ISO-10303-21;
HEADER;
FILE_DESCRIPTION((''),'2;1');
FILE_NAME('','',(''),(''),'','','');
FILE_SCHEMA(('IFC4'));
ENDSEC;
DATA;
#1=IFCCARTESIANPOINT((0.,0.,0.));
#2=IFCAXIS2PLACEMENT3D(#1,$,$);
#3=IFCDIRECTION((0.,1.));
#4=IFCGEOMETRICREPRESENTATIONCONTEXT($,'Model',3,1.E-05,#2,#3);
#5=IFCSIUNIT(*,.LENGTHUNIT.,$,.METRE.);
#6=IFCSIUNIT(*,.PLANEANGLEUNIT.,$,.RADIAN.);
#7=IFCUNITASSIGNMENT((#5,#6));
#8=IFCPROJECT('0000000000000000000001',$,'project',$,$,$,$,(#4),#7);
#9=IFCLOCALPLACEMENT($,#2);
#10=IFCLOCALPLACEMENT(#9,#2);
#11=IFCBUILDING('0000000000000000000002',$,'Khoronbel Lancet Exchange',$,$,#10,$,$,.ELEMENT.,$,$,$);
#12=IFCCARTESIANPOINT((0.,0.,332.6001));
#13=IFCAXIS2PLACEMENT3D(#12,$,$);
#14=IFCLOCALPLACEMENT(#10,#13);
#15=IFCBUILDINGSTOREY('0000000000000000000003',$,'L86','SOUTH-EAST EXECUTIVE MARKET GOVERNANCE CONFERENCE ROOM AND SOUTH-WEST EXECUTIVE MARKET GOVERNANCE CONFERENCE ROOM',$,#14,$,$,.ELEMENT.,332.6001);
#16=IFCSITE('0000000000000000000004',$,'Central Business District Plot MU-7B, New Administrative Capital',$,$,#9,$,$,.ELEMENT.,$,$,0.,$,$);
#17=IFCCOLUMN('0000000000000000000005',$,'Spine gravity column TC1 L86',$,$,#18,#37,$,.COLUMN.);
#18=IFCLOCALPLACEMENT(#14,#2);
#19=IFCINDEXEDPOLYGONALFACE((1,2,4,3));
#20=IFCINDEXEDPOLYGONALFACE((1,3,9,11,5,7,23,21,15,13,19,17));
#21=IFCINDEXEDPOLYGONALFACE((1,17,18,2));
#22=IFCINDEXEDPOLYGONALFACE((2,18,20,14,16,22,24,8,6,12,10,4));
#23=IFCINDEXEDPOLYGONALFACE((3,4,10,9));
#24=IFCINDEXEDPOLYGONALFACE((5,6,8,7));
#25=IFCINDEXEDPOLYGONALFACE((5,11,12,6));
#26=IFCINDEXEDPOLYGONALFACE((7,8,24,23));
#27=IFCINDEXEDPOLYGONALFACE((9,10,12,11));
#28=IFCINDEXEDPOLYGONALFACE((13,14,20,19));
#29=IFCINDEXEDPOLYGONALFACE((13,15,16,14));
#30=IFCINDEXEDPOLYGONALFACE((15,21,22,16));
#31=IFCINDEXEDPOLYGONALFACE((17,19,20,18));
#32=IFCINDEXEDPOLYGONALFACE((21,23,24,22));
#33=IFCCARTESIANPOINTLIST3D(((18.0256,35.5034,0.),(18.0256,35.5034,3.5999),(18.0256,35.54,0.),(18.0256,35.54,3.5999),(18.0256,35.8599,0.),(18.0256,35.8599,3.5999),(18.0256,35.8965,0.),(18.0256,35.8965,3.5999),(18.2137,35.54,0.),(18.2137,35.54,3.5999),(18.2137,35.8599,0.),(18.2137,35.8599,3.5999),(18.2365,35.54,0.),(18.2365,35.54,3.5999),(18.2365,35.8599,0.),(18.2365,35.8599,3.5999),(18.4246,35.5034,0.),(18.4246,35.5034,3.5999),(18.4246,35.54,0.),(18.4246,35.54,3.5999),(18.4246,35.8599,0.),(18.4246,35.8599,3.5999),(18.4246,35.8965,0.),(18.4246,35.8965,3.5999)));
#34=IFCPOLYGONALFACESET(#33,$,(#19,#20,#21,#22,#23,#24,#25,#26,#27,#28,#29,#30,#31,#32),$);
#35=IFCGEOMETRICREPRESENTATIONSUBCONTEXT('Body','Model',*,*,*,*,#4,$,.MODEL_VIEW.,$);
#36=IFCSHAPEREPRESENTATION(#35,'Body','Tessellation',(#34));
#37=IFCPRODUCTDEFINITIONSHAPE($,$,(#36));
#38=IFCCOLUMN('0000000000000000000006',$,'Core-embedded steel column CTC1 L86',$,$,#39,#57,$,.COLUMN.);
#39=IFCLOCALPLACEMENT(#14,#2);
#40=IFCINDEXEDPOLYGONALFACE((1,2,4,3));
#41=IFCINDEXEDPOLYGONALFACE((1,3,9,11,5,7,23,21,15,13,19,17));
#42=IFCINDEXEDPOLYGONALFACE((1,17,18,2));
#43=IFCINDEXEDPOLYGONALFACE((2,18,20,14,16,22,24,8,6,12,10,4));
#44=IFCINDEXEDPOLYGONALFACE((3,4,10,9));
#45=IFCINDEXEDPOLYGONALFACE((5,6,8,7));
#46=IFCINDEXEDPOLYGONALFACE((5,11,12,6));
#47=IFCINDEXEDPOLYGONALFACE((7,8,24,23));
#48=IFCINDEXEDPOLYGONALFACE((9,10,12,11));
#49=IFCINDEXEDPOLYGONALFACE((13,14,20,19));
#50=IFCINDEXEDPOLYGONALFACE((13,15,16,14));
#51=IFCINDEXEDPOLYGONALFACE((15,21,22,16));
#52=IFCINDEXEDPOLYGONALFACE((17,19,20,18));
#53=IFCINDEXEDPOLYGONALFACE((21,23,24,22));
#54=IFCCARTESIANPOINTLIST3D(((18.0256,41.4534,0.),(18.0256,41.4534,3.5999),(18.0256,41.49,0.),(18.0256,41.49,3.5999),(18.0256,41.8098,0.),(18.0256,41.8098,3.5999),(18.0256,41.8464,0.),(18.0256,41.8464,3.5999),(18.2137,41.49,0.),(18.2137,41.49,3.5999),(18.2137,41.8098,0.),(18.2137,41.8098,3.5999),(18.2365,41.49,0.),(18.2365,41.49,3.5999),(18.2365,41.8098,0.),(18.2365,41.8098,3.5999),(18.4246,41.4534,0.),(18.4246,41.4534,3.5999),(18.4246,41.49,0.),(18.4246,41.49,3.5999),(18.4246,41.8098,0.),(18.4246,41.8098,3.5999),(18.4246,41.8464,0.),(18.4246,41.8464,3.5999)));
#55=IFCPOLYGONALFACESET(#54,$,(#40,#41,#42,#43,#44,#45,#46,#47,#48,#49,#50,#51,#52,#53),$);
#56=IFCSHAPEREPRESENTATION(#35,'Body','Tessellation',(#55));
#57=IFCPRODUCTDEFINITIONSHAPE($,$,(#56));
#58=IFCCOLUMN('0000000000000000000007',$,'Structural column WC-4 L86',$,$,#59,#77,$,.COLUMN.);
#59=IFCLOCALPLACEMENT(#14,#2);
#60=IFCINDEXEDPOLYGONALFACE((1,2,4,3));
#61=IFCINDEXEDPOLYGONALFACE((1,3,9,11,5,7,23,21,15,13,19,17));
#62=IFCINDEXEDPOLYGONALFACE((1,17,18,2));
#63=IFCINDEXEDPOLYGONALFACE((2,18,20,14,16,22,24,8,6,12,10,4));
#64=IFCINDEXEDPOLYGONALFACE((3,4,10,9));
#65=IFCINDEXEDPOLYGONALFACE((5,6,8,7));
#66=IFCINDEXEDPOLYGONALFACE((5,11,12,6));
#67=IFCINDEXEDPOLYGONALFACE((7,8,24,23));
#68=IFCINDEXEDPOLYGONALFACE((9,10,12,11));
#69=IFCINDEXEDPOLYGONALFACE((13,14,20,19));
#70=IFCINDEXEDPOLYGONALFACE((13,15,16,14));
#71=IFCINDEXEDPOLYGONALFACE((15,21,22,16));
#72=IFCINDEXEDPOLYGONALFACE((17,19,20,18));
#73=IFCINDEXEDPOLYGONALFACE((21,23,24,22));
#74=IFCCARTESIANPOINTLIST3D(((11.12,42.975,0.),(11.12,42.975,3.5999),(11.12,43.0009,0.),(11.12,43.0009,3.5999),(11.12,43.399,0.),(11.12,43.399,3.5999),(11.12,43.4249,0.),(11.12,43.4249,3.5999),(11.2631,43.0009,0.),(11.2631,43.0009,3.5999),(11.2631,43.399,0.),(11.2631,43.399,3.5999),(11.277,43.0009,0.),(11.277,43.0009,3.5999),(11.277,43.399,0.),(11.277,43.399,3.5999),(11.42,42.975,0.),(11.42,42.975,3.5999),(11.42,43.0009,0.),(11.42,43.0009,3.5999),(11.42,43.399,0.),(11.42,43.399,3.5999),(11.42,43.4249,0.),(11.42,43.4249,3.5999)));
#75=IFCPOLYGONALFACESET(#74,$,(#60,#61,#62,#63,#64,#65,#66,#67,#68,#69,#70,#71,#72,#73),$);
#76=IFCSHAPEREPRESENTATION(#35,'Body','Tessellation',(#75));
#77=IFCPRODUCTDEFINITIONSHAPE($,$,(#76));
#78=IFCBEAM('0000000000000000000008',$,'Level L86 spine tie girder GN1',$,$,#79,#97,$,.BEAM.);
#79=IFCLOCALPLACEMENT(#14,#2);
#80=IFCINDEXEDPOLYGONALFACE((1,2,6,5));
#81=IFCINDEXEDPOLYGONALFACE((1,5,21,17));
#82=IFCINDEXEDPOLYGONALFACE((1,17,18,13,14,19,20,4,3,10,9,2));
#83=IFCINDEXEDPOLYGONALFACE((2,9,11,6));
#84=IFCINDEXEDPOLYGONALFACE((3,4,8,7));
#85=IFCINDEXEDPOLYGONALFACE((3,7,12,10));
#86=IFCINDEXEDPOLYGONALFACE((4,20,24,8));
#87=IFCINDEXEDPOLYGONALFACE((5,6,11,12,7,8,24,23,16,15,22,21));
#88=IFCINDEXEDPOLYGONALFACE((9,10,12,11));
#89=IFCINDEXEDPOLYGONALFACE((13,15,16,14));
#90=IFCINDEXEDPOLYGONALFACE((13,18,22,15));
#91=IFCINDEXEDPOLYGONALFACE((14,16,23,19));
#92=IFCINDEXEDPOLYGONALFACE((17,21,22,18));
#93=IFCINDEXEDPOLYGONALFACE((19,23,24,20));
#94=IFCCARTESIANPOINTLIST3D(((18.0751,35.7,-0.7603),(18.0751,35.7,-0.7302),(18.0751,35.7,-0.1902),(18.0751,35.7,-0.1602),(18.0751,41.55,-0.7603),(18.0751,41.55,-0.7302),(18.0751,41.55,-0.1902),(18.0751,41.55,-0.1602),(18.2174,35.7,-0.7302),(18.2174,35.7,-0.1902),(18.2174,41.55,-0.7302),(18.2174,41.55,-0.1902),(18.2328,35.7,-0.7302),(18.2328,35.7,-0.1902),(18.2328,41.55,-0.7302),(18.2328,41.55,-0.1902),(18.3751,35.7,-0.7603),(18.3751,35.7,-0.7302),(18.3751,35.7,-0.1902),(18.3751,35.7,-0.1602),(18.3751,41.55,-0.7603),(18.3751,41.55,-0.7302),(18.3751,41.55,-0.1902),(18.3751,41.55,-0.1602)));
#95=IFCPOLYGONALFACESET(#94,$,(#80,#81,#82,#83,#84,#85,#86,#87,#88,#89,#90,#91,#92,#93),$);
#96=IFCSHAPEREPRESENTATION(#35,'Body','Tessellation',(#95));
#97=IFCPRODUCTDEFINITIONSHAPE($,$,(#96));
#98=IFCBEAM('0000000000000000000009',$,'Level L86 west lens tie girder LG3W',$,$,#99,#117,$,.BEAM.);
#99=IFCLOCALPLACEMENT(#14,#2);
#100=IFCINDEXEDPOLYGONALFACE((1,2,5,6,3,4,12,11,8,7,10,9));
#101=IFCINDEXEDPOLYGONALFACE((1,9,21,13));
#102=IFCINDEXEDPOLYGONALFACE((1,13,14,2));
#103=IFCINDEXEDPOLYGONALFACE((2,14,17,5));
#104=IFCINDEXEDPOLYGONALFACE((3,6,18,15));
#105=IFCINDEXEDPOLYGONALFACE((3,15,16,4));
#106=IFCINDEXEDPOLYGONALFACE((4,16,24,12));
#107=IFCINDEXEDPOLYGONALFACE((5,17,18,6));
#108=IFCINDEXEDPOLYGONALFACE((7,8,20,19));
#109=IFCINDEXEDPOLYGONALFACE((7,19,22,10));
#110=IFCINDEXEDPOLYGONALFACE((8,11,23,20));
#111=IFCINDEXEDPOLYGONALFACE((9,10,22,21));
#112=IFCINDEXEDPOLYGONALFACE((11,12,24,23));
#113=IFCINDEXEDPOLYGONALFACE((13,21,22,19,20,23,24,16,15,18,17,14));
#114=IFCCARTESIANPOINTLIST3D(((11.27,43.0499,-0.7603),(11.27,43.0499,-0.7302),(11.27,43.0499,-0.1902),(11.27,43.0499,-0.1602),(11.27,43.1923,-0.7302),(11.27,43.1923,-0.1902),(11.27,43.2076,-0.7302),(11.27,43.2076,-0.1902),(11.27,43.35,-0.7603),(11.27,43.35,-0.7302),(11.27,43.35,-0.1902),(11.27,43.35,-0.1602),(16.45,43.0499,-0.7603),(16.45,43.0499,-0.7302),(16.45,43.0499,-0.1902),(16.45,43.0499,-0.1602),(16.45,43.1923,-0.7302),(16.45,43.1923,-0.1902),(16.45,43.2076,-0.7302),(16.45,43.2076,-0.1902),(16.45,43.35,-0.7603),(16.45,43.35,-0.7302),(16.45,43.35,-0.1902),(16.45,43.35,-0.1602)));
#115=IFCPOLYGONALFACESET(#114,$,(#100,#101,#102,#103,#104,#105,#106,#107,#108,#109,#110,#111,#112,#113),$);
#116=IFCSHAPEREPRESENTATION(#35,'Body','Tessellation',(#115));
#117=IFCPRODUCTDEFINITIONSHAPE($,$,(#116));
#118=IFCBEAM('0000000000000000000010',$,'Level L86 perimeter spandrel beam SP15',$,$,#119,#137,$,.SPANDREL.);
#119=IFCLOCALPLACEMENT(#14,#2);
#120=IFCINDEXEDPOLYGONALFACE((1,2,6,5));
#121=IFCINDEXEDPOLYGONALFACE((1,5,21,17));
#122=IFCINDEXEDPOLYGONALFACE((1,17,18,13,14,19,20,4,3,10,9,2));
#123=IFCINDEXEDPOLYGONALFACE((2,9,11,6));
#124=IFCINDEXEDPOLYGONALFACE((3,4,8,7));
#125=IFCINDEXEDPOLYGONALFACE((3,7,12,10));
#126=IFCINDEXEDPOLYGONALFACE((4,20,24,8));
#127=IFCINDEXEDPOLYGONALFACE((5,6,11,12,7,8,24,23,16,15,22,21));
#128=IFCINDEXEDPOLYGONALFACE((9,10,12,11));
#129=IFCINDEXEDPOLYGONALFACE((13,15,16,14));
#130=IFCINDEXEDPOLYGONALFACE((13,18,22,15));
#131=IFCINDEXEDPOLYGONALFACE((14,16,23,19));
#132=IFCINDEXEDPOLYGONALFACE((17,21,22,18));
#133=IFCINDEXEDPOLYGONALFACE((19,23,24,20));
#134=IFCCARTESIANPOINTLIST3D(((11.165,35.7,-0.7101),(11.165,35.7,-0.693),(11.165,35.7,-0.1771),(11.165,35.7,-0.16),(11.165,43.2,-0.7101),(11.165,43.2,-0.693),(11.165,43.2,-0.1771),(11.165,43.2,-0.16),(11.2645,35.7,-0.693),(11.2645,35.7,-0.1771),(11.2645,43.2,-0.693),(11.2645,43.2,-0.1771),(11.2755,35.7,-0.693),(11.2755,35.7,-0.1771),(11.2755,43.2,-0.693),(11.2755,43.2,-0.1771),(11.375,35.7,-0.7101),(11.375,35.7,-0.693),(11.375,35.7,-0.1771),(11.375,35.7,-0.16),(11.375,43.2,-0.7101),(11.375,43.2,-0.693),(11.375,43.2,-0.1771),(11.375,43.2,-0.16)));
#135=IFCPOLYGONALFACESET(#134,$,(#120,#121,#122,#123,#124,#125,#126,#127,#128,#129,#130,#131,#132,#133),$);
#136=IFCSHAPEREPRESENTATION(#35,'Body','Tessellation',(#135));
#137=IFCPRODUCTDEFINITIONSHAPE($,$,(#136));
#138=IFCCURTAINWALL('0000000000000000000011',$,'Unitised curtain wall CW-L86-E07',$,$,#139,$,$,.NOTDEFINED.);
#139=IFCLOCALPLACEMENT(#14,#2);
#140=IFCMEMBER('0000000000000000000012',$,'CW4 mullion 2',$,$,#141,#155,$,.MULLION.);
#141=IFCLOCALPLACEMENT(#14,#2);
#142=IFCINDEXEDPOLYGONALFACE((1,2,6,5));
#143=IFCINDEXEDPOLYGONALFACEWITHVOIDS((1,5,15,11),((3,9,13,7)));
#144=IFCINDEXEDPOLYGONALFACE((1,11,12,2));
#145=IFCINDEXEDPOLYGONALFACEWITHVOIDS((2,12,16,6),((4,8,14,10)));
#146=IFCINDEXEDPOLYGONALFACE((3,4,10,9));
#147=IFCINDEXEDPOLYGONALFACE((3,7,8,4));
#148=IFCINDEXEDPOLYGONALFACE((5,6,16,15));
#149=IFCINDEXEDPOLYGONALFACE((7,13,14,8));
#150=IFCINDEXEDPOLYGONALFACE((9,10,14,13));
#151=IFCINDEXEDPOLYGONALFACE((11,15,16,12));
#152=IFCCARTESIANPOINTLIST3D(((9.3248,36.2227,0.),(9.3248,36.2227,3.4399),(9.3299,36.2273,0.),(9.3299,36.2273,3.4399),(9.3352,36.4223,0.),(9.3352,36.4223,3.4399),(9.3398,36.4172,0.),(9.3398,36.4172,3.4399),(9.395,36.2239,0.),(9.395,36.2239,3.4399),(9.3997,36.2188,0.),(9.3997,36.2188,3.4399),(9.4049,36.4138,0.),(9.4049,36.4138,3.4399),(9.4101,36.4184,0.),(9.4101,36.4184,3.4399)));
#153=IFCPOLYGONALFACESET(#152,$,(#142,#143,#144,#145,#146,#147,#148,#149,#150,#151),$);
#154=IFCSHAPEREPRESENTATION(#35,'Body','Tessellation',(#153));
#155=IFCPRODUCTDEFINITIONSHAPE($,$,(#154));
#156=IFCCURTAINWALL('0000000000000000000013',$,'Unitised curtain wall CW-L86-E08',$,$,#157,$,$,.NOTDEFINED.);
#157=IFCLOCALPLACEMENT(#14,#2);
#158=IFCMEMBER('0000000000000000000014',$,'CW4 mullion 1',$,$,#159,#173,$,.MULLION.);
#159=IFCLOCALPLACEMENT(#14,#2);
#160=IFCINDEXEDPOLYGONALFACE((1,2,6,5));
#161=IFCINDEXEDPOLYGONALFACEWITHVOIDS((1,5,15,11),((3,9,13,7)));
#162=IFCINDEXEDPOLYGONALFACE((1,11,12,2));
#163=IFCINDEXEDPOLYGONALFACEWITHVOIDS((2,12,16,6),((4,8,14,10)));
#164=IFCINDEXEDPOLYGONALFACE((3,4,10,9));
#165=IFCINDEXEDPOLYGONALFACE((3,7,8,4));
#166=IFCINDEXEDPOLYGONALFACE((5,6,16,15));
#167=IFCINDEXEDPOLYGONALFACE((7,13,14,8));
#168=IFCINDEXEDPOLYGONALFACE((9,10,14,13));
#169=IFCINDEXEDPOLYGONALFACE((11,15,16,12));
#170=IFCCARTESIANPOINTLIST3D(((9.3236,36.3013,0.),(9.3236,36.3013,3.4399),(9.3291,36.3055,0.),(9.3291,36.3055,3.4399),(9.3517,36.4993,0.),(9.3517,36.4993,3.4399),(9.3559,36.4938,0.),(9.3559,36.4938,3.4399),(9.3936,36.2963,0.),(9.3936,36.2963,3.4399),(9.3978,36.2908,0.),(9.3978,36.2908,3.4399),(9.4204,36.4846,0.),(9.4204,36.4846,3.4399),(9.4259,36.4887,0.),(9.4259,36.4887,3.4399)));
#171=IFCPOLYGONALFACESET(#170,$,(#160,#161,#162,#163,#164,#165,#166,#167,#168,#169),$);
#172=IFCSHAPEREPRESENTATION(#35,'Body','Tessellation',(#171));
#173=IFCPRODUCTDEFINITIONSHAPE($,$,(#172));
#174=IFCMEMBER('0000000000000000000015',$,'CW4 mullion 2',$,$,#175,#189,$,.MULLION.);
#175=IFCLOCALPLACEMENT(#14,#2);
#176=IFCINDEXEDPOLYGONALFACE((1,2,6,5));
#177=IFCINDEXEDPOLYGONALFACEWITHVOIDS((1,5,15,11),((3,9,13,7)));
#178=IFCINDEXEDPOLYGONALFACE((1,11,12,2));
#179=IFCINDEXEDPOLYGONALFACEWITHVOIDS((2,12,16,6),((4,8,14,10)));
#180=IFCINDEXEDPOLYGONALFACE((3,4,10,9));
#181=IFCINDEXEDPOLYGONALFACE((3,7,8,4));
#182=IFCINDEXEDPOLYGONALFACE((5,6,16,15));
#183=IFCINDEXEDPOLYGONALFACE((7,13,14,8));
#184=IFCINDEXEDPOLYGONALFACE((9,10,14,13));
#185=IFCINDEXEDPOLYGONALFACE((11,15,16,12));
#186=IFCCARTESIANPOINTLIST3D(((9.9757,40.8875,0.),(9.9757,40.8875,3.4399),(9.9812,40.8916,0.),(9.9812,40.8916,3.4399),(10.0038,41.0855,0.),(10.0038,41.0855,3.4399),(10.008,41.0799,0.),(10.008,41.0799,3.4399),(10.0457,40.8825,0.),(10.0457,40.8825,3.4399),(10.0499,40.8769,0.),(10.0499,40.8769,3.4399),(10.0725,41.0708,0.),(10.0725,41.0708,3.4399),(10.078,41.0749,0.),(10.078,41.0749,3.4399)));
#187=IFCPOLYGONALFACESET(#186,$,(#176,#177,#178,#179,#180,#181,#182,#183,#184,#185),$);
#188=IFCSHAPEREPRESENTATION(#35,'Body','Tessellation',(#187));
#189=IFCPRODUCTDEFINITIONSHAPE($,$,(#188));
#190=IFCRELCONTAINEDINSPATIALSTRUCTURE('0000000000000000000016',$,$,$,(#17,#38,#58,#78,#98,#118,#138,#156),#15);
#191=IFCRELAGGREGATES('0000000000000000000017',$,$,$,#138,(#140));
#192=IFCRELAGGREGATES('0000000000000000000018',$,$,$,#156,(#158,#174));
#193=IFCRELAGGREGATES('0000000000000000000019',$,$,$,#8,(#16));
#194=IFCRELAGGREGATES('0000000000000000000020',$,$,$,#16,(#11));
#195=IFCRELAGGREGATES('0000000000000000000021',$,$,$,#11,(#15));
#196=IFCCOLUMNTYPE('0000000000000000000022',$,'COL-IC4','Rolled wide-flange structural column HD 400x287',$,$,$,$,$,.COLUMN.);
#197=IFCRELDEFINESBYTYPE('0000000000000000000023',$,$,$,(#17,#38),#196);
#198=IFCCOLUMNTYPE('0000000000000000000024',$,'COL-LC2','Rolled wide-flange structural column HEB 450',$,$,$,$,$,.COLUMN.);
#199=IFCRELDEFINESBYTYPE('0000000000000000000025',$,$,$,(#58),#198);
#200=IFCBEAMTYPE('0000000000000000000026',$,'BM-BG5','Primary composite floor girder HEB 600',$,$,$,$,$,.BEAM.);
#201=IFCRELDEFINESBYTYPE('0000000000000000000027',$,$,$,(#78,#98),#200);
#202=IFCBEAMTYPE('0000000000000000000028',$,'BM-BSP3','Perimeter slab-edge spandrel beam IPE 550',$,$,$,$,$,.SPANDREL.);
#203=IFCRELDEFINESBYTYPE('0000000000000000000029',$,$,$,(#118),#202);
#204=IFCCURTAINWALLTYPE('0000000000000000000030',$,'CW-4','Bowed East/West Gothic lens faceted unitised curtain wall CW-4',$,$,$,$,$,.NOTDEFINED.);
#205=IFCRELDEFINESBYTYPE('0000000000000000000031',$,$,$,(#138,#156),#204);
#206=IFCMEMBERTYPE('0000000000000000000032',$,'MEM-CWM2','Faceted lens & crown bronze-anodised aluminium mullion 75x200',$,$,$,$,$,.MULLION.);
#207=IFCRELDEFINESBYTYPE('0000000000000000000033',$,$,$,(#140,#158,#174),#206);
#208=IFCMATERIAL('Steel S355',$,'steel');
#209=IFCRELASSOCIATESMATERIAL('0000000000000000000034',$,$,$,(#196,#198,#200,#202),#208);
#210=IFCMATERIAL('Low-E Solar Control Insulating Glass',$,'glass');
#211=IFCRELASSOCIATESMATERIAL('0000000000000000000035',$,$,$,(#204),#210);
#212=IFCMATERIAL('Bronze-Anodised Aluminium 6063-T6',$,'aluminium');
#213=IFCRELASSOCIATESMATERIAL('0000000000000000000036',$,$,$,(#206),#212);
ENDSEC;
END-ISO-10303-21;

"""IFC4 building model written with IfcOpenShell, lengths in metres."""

from ifc_helpers import new_model, si_unit, direction, frame, origin, origin_2d, place, context, subcontext, project, spatial, hollow_rectangle, i_section, extrude, material, material_profile, profile_set, type_object, element, aggregate, save


model = new_model("IFC4")

# Units and contexts
model_context = context("Model", 3, precision=1e-05, world=origin(), true_north=direction((0.0, 1.0)))
body_context = subcontext(model_context, "Body", "Model", "MODEL_VIEW")
ifc_project = project(units=[si_unit("LENGTHUNIT", "METRE"), si_unit("PLANEANGLEUNIT", "RADIAN")], contexts=[model_context])

# Site, building, storey
site_placement = place(None, origin())
site = spatial("IfcSite", under=ifc_project, at=site_placement, Name="Central Business District Plot MU-7B, New Administrative Capital", CompositionType="ELEMENT", RefElevation=0.0)
building_placement = place(site_placement, origin())
building = spatial("IfcBuilding", under=site, at=building_placement, Name="Khoronbel Lancet Exchange", CompositionType="ELEMENT")
storey_placement = place(building_placement, frame((0.0, 0.0, 332.6001)))
storey = spatial("IfcBuildingStorey", under=building, at=storey_placement, Name="L86", Description="SOUTH-EAST EXECUTIVE MARKET GOVERNANCE CONFERENCE ROOM AND SOUTH-WEST EXECUTIVE MARKET GOVERNANCE CONFERENCE ROOM", CompositionType="ELEMENT", Elevation=332.6001)

# Columns
ifc_material_1 = material(Name="Steel S355", Category="steel")
ifc_material_profile_1 = material_profile(ifc_material_1, i_section(OverallWidth=0.3989, OverallDepth=0.3931, WebThickness=0.0227, FlangeThickness=0.0366, at=origin_2d()), Name="HD 400x287")
ifc_profile_set_1 = profile_set([ifc_material_profile_1], Name="Steel S355")
column_type_1 = type_object("IfcColumnType", Name="COL-IC4", Description="Rolled wide-flange structural column HD 400x287", PredefinedType="COLUMN", material=ifc_profile_set_1)
for number, where, z_axis, x_axis, name in (
    (1, (18.2251, 35.7, 0.0), (0.0, 0.0, 1.0), (1.0, 0.0, 0.0), "Spine gravity column TC1 L86"),
    (2, (18.2251, 41.6499, 0.0), (0.0, 0.0, 1.0), (1.0, 0.0, 0.0), "Core-embedded steel column CTC1 L86"),
):
    element("IfcColumn", number, at=place(storey_placement, frame(where, z_axis=z_axis, x_axis=x_axis)), inside=storey, type_object=column_type_1, Name=name, PredefinedType="COLUMN", context=body_context, shape_type="SweptSolid", body=[
        extrude(i_section(OverallWidth=0.3989, OverallDepth=0.3931, WebThickness=0.0227, FlangeThickness=0.0366, at=origin_2d()), origin(), (0.0, 0.0, 1.0), 3.5999),
    ])
ifc_material_profile_2 = material_profile(ifc_material_1, i_section(OverallWidth=0.3, OverallDepth=0.45, WebThickness=0.0139, FlangeThickness=0.0259, at=origin_2d()), Name="HEB 450")
ifc_profile_set_2 = profile_set([ifc_material_profile_2], Name="Steel S355")
column_type_2 = type_object("IfcColumnType", Name="COL-LC2", Description="Rolled wide-flange structural column HEB 450", PredefinedType="COLUMN", material=ifc_profile_set_2)
column_placement = place(storey_placement, frame((11.27, 43.2, 0.0), z_axis=(0.0, 0.0, 1.0), x_axis=(1.0, 0.0, 0.0)))
element("IfcColumn", 3, at=column_placement, inside=storey, type_object=column_type_2, Name="Structural column WC-4 L86", PredefinedType="COLUMN", context=body_context, shape_type="SweptSolid", body=[
    extrude(i_section(OverallWidth=0.3, OverallDepth=0.45, WebThickness=0.0139, FlangeThickness=0.0259, at=origin_2d()), origin(), (0.0, 0.0, 1.0), 3.5999),
])

# Beams
ifc_material_profile_3 = material_profile(ifc_material_1, i_section(OverallWidth=0.3, OverallDepth=0.6001, WebThickness=0.0154, FlangeThickness=0.03, at=origin_2d()), Name="HEB 600")
ifc_profile_set_3 = profile_set([ifc_material_profile_3], Name="Steel S355")
beam_type_1 = type_object("IfcBeamType", Name="BM-BG5", Description="Primary composite floor girder HEB 600", PredefinedType="BEAM", material=ifc_profile_set_3)
beam_1_placement = place(storey_placement, frame((18.2251, 35.7, -0.4602), z_axis=(0.0, 1.0, 0.0), x_axis=(-1.0, 0.0, 0.0)))
element("IfcBeam", 4, at=beam_1_placement, inside=storey, type_object=beam_type_1, Name="Level L86 spine tie girder GN1", PredefinedType="BEAM", context=body_context, shape_type="SweptSolid", body=[
    extrude(i_section(OverallWidth=0.3, OverallDepth=0.6001, WebThickness=0.0154, FlangeThickness=0.03, at=origin_2d()), origin(), (0.0, 0.0, 1.0), 5.8501),
])
beam_2_placement = place(storey_placement, frame((11.27, 43.2, -0.4602), z_axis=(1.0, 0.0, 0.0), x_axis=(0.0, 1.0, 0.0)))
element("IfcBeam", 5, at=beam_2_placement, inside=storey, type_object=beam_type_1, Name="Level L86 west lens tie girder LG3W", PredefinedType="BEAM", context=body_context, shape_type="SweptSolid", body=[
    extrude(i_section(OverallWidth=0.3, OverallDepth=0.6001, WebThickness=0.0154, FlangeThickness=0.03, at=origin_2d()), origin(), (0.0, 0.0, 1.0), 5.1799),
])
ifc_material_profile_4 = material_profile(ifc_material_1, i_section(OverallWidth=0.21, OverallDepth=0.55, WebThickness=0.011, FlangeThickness=0.0171, at=origin_2d()), Name="IPE 550")
ifc_profile_set_4 = profile_set([ifc_material_profile_4], Name="Steel S355")
beam_type_2 = type_object("IfcBeamType", Name="BM-BSP3", Description="Perimeter slab-edge spandrel beam IPE 550", PredefinedType="SPANDREL", material=ifc_profile_set_4)
beam_3_placement = place(storey_placement, frame((11.27, 43.2, -0.4351), z_axis=(0.0, -1.0, 0.0), x_axis=(1.0, 0.0, 0.0)))
element("IfcBeam", 6, at=beam_3_placement, inside=storey, type_object=beam_type_2, Name="Level L86 perimeter spandrel beam SP15", PredefinedType="SPANDREL", context=body_context, shape_type="SweptSolid", body=[
    extrude(i_section(OverallWidth=0.21, OverallDepth=0.55, WebThickness=0.011, FlangeThickness=0.0171, at=origin_2d()), origin(), (0.0, 0.0, 1.0), 7.5),
])

# Curtain wall, member
ifc_material_2 = material(Name="Low-E Solar Control Insulating Glass", Category="glass")
curtain_wall_type = type_object("IfcCurtainWallType", Name="CW-4", Description="Bowed East/West Gothic lens faceted unitised curtain wall CW-4", PredefinedType="NOTDEFINED", material=ifc_material_2)
curtain_wall_1_placement = place(storey_placement, origin())
curtain_wall_1 = element("IfcCurtainWall", 7, at=curtain_wall_1_placement, inside=storey, type_object=curtain_wall_type, Name="Unitised curtain wall CW-L86-E07", PredefinedType="NOTDEFINED")
ifc_material_3 = material(Name="Bronze-Anodised Aluminium 6063-T6", Category="aluminium")
ifc_material_profile_5 = material_profile(ifc_material_3, hollow_rectangle(XDim=0.075, YDim=0.2, WallThickness=0.0049, at=origin_2d()), Name="ALU MULLION 75x200")
ifc_profile_set_5 = profile_set([ifc_material_profile_5], Name="Bronze-Anodised Aluminium 6063-T6")
member_type_1 = type_object("IfcMemberType", Name="MEM-CWM2", Description="Faceted lens & crown bronze-anodised aluminium mullion 75x200", PredefinedType="MULLION", material=ifc_profile_set_5)
member_1_placement = place(storey_placement, frame((9.3674, 36.3206, 0.0), z_axis=(0.0, 0.0, 1.0), x_axis=(-0.998648, 0.051991, 0.0)))
member_1 = element("IfcMember", 8, at=member_1_placement, type_object=member_type_1, Name="CW4 mullion 2", PredefinedType="MULLION", context=body_context, shape_type="SweptSolid", body=[
    extrude(hollow_rectangle(XDim=0.075, YDim=0.2, WallThickness=0.0049, at=origin_2d()), origin(), (0.0, 0.0, 1.0), 3.4399),
])
aggregate(curtain_wall_1, [member_1])

# Curtain wall, members
curtain_wall_2_placement = place(storey_placement, origin())
curtain_wall_2 = element("IfcCurtainWall", 9, at=curtain_wall_2_placement, inside=storey, type_object=curtain_wall_type, Name="Unitised curtain wall CW-L86-E08", PredefinedType="NOTDEFINED")
member_2_placement = place(storey_placement, frame((9.3748, 36.395, 0.0), z_axis=(0.0, 0.0, 1.0), x_axis=(-0.990038, 0.140803, 0.0)))
member_2 = element("IfcMember", 10, at=member_2_placement, type_object=member_type_1, Name="CW4 mullion 1", PredefinedType="MULLION", context=body_context, shape_type="SweptSolid", body=[
    extrude(hollow_rectangle(XDim=0.075, YDim=0.2, WallThickness=0.0049, at=origin_2d()), origin(), (0.0, 0.0, 1.0), 3.4399),
])
member_3_placement = place(storey_placement, frame((10.0269, 40.9812, 0.0), z_axis=(0.0, 0.0, 1.0), x_axis=(-0.990038, 0.140803, 0.0)))
member_3 = element("IfcMember", 11, at=member_3_placement, type_object=member_type_1, Name="CW4 mullion 2", PredefinedType="MULLION", context=body_context, shape_type="SweptSolid", body=[
    extrude(hollow_rectangle(XDim=0.075, YDim=0.2, WallThickness=0.0049, at=origin_2d()), origin(), (0.0, 0.0, 1.0), 3.4399),
])

aggregate(curtain_wall_2, [member_2, member_3])

save(model, "model.ifc")
